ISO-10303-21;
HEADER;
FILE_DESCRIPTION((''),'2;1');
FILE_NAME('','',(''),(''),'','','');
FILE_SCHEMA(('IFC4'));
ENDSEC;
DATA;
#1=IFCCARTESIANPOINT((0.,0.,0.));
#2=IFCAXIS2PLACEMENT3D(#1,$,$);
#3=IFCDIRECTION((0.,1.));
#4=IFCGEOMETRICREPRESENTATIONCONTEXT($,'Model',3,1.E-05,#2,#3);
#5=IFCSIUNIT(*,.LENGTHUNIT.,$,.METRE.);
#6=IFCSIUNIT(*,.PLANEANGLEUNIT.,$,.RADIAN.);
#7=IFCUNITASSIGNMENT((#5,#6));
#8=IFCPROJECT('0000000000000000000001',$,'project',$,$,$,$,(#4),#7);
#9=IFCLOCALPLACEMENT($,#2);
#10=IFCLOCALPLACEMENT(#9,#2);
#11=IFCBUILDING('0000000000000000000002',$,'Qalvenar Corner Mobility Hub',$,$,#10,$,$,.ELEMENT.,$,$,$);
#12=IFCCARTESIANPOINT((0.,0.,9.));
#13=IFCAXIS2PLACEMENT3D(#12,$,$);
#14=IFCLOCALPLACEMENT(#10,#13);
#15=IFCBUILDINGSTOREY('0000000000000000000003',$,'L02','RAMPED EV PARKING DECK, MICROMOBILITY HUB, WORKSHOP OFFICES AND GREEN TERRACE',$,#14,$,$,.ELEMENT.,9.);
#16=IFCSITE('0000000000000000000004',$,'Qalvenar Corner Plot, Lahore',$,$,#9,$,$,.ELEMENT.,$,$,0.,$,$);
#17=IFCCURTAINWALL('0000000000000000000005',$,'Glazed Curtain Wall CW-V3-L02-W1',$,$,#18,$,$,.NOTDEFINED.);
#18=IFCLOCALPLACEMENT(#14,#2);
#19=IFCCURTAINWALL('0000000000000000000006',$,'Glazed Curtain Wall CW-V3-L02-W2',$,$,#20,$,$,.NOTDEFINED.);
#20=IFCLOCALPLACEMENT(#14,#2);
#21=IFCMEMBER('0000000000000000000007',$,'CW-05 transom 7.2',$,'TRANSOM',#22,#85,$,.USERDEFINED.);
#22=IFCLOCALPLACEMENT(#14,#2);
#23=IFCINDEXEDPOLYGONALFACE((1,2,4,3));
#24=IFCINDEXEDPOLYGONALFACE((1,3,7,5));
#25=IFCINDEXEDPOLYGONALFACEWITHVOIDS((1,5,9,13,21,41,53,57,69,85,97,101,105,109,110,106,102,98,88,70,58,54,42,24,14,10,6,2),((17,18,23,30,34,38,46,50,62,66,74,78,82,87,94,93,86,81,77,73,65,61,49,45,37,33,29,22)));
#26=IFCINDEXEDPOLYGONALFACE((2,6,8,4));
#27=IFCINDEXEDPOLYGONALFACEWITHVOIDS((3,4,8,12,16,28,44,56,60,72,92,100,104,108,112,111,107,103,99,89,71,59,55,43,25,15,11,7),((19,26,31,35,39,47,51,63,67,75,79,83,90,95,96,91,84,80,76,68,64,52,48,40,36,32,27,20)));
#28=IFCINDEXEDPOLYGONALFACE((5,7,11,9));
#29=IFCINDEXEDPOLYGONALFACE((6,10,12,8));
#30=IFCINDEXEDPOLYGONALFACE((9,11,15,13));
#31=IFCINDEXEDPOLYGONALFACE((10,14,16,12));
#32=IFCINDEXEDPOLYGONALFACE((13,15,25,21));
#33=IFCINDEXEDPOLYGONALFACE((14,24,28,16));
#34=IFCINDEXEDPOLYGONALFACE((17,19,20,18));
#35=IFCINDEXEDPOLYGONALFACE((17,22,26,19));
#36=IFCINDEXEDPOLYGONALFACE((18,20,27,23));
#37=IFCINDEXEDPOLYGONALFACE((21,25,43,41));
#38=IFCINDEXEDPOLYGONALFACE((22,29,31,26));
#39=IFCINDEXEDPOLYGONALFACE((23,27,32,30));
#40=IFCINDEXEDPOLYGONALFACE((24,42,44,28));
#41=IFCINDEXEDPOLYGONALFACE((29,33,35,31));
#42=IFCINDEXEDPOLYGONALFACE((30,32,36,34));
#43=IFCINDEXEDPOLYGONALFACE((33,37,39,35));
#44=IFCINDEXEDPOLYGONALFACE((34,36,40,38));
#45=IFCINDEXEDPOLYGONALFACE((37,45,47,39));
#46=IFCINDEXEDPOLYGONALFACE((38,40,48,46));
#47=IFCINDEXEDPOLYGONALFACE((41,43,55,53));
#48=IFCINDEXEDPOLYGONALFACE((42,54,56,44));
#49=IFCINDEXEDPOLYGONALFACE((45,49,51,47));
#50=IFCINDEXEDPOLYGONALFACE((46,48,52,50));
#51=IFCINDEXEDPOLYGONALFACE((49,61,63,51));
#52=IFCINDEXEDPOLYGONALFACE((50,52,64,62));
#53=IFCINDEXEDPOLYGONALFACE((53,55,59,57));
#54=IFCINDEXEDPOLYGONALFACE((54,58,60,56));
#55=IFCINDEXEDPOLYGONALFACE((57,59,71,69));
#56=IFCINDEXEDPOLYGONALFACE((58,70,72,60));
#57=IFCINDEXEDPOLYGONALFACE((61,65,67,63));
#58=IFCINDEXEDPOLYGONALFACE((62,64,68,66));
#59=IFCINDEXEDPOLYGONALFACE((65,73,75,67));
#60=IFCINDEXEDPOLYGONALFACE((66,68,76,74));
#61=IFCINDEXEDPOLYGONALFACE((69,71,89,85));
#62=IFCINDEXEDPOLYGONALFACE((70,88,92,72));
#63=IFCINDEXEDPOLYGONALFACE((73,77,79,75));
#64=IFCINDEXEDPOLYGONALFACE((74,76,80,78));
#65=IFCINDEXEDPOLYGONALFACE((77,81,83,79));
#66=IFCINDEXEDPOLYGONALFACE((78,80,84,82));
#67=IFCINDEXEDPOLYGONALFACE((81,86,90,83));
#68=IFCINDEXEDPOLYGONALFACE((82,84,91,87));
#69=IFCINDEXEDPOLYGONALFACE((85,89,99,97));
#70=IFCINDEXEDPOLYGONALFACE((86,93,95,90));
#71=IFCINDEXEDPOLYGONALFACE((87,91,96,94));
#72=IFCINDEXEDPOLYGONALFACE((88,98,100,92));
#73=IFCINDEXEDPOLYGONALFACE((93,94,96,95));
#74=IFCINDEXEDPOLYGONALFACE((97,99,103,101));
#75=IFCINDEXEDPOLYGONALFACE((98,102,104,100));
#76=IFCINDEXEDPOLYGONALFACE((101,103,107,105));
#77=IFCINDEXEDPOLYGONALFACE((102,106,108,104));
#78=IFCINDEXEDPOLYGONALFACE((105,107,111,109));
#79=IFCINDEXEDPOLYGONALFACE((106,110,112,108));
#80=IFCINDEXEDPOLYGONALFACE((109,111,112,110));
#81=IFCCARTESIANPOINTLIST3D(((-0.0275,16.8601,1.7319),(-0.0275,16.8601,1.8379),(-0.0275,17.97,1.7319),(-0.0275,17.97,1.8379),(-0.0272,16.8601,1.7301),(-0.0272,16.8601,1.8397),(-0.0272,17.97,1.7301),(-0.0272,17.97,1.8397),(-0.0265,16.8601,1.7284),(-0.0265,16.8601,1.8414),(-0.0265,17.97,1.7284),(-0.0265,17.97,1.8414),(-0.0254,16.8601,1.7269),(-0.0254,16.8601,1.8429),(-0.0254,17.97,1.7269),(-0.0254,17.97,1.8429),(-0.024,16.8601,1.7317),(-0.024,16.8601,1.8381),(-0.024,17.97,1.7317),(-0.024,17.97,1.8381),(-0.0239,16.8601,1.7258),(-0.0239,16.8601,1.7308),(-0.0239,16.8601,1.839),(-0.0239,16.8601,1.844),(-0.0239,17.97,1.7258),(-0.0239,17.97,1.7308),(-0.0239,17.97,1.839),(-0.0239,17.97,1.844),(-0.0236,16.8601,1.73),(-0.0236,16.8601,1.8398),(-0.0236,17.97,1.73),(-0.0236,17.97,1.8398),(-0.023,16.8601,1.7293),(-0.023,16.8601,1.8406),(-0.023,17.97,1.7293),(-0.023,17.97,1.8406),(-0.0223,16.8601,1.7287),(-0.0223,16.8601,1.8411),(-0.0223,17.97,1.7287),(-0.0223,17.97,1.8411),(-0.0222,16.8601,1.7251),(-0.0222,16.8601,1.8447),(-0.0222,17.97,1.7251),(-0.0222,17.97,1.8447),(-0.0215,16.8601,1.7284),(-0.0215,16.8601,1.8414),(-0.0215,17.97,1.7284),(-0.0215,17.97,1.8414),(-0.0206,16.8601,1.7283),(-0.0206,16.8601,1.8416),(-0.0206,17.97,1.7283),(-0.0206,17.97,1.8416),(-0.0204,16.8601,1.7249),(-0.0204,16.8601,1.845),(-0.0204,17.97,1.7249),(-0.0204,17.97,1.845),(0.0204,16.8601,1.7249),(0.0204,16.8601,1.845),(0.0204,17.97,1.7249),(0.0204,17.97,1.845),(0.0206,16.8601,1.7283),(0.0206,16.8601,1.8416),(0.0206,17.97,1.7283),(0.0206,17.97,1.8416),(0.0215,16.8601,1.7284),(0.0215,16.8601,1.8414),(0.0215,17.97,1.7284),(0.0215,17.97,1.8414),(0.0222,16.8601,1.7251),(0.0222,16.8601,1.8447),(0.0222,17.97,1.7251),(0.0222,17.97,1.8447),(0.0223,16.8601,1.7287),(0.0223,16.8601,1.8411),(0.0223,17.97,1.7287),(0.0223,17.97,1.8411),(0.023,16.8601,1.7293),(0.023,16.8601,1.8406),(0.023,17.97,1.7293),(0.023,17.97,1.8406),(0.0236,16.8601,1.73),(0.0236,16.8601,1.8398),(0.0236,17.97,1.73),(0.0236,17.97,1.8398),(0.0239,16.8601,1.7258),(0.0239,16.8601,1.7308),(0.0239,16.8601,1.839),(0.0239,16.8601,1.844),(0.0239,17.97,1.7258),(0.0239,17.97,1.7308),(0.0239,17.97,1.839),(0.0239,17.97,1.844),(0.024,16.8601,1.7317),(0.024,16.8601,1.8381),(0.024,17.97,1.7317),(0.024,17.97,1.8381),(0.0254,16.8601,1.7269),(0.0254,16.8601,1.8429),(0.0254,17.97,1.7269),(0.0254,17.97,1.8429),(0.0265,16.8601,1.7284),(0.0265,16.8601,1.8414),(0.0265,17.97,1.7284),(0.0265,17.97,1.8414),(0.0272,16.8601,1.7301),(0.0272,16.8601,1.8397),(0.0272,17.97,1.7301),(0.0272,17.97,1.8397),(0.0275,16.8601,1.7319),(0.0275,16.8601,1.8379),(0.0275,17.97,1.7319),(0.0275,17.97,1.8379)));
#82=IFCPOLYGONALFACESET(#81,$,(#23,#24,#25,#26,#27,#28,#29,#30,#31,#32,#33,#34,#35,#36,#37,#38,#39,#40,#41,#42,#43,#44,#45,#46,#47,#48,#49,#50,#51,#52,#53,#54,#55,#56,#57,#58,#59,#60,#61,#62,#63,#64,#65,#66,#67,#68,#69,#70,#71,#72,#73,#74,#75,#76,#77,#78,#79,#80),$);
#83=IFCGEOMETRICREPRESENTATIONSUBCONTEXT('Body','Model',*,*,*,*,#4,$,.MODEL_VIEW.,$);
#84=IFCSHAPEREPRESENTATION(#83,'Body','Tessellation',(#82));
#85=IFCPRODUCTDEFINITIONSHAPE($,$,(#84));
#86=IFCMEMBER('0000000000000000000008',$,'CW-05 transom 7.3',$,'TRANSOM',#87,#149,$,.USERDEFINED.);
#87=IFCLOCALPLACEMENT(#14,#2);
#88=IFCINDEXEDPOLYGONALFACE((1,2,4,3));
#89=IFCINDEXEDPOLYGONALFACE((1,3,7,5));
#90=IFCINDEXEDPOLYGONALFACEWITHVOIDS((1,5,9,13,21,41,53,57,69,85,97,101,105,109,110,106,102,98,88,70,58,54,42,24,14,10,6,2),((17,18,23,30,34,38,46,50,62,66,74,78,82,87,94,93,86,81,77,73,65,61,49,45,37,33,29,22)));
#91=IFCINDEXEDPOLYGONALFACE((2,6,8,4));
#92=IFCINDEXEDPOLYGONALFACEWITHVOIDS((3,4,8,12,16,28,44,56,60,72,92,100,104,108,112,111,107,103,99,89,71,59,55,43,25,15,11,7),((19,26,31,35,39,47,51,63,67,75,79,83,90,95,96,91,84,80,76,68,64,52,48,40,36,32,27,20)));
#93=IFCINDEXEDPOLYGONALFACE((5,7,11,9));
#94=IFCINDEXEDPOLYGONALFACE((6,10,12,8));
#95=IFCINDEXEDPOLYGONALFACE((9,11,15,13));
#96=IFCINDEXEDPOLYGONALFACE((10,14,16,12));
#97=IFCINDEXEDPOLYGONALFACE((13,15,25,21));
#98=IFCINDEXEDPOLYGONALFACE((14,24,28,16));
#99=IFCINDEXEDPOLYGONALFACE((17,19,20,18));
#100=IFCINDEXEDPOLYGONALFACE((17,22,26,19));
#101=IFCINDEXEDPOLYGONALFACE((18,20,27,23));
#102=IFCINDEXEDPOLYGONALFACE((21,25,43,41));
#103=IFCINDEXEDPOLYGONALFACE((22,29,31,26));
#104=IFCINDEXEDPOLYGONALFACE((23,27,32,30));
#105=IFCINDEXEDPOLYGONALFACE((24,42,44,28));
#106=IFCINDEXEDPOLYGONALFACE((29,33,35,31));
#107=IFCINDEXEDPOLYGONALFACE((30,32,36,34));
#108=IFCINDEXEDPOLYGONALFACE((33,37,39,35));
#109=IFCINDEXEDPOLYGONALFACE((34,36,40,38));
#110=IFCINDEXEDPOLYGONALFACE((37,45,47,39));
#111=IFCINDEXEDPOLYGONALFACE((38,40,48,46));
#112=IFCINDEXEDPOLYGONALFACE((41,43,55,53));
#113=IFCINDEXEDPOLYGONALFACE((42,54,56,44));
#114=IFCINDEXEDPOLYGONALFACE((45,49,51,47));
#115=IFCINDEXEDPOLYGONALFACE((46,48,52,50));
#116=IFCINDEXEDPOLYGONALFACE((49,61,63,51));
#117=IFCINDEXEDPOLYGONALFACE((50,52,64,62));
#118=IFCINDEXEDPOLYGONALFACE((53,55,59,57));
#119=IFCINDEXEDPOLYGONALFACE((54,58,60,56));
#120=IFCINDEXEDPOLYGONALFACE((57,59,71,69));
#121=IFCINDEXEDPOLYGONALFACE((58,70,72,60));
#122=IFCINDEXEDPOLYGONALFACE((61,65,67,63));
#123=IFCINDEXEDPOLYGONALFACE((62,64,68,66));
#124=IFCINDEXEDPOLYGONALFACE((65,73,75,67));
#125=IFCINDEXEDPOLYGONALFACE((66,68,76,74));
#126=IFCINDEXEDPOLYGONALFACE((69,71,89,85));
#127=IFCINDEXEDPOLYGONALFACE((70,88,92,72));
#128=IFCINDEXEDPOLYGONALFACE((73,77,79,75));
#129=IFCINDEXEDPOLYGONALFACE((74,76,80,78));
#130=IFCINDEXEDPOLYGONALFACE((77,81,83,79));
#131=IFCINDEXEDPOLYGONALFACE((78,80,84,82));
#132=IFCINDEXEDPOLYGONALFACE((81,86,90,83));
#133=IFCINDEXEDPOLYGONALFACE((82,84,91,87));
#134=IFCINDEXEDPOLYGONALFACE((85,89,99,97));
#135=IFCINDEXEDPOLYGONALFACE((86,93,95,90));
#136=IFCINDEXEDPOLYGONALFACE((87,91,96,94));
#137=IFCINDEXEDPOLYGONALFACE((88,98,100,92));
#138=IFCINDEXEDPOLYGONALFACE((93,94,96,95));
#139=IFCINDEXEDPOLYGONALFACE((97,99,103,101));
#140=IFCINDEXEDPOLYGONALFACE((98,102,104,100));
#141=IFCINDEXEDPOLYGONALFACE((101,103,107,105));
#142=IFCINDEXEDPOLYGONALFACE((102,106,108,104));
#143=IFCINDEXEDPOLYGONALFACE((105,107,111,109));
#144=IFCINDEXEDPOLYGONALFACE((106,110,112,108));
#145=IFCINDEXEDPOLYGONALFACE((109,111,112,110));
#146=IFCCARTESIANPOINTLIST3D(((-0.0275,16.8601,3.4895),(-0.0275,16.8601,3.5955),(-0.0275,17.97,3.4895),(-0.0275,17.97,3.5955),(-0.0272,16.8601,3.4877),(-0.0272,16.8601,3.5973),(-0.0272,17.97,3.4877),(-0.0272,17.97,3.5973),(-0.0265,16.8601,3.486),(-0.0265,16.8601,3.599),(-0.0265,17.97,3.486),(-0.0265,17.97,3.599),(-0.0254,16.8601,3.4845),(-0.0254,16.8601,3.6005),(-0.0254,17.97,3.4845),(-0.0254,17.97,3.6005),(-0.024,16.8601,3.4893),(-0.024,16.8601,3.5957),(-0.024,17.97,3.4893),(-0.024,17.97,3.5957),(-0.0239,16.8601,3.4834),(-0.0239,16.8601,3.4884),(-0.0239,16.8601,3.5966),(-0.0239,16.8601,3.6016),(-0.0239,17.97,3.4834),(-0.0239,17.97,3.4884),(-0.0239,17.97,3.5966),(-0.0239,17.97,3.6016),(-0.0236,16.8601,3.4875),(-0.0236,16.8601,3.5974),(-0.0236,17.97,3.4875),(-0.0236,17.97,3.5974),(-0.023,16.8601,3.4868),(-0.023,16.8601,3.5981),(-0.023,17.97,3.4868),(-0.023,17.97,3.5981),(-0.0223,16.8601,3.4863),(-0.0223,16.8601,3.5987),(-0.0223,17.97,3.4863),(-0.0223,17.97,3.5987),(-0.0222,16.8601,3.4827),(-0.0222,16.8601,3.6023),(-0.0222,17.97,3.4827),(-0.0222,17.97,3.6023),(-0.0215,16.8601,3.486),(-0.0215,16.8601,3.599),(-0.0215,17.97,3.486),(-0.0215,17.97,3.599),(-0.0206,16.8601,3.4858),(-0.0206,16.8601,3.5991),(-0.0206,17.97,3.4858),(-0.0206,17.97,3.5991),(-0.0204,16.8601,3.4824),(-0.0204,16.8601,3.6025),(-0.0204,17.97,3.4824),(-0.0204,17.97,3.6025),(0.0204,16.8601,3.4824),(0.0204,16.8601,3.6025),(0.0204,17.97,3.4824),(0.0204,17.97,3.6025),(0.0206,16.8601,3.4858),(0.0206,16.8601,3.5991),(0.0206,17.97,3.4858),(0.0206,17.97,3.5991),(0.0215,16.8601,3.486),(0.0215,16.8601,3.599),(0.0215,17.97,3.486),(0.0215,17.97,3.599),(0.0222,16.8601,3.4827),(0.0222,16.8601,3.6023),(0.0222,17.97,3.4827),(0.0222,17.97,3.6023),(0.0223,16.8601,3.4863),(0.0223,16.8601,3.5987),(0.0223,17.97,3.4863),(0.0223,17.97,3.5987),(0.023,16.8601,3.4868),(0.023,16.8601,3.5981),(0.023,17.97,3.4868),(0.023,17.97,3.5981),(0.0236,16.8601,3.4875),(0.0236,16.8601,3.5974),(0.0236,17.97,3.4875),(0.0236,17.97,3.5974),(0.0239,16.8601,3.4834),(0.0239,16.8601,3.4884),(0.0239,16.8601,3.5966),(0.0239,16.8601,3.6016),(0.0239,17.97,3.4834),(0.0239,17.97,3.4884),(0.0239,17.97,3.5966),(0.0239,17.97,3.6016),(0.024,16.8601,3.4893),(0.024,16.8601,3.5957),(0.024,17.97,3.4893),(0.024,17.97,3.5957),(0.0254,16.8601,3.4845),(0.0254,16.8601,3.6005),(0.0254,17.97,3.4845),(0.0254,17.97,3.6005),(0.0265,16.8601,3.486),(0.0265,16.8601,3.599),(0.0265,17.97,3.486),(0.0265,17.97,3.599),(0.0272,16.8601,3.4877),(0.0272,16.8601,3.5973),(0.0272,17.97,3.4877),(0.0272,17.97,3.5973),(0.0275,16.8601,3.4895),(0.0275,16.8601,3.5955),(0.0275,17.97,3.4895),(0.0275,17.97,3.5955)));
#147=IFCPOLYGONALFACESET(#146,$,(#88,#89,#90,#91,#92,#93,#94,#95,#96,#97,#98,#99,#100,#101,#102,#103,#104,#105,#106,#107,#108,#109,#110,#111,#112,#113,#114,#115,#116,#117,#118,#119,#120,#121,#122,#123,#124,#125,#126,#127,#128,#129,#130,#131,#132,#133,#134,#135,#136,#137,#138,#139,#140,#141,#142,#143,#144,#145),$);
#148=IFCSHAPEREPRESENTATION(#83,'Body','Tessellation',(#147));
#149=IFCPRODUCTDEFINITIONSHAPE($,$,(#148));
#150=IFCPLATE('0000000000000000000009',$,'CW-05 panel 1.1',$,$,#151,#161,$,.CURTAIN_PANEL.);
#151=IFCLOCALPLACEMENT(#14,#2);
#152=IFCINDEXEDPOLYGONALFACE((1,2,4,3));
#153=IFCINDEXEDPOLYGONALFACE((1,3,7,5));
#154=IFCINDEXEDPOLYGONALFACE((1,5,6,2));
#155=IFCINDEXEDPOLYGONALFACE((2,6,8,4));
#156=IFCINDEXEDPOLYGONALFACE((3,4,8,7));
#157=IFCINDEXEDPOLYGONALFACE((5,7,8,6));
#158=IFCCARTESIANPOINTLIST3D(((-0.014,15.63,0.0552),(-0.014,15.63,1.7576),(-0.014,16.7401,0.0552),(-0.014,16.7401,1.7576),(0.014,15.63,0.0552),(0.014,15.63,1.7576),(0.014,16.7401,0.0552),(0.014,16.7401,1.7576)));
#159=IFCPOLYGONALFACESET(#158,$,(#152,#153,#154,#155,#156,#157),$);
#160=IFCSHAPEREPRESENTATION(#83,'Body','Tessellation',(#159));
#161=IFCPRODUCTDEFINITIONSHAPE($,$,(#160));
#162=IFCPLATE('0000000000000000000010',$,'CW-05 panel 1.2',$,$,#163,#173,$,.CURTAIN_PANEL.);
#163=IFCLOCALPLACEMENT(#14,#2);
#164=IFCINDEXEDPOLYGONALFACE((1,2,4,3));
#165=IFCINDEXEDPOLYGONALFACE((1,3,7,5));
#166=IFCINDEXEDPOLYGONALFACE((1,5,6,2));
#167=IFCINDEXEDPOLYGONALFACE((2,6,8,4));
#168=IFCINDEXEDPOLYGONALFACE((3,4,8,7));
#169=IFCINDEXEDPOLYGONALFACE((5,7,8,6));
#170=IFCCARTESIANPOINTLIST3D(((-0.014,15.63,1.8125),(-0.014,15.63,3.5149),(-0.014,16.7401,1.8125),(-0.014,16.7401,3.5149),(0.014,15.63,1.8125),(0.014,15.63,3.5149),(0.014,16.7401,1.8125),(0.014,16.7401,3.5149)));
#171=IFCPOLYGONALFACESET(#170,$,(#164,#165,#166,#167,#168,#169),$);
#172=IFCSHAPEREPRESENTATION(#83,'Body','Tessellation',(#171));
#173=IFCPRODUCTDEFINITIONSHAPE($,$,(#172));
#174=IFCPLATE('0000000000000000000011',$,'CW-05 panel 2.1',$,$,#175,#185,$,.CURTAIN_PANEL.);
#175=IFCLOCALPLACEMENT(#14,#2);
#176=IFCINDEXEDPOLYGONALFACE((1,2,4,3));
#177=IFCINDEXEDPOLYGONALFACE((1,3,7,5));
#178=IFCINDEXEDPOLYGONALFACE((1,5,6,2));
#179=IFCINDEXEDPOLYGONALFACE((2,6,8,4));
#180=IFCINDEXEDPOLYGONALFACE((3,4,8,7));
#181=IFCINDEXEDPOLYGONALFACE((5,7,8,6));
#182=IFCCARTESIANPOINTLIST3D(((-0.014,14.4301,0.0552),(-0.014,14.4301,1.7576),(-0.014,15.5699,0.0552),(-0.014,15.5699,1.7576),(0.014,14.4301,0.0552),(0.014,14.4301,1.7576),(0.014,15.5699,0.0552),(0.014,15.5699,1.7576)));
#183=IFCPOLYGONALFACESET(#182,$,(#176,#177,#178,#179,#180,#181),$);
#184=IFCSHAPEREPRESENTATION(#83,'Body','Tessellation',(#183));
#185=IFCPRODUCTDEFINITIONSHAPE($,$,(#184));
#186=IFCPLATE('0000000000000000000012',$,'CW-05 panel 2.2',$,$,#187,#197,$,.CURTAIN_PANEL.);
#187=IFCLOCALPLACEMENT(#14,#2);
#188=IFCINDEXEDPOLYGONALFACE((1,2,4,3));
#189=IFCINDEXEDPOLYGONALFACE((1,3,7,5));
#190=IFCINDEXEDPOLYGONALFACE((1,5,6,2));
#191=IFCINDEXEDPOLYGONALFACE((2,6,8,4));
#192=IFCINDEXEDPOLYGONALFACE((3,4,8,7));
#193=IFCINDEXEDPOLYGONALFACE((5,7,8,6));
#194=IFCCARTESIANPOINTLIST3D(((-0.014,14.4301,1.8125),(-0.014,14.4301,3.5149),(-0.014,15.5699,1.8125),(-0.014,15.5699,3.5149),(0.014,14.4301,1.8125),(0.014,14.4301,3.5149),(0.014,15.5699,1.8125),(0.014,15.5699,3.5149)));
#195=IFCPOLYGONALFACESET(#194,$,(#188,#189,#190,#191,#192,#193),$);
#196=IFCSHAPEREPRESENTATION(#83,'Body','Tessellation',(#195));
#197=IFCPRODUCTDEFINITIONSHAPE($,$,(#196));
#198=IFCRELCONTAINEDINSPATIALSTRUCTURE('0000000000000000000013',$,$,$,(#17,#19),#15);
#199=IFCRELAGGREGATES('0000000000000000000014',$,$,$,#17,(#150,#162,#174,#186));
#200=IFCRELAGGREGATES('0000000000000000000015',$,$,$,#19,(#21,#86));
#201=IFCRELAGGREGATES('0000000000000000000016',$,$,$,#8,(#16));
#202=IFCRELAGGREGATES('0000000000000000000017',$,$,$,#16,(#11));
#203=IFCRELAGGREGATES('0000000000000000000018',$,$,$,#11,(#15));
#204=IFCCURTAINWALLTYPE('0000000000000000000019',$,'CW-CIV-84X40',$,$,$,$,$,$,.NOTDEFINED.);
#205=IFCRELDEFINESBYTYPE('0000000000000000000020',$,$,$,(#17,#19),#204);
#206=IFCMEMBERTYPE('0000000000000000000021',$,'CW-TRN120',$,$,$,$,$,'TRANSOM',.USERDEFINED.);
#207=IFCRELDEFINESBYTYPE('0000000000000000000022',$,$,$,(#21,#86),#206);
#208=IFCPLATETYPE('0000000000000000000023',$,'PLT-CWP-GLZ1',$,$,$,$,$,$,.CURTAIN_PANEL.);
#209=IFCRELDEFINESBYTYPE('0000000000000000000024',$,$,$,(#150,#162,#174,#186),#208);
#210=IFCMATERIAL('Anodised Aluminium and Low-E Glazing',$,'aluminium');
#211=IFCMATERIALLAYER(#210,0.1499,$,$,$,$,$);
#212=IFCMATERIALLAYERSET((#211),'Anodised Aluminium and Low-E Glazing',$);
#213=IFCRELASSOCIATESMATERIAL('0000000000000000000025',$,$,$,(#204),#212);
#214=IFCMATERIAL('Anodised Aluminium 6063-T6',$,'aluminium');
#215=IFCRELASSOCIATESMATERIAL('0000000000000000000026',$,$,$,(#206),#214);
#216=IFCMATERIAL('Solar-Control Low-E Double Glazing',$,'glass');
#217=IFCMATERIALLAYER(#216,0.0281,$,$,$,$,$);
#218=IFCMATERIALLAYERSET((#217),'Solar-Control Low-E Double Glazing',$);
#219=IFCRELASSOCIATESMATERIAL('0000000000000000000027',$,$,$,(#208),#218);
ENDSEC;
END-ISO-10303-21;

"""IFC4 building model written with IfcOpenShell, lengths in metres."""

from ifc_helpers import new_model, si_unit, direction, frame, origin, origin_2d, place, context, subcontext, project, spatial, rectangle, hollow_rectangle, extrude, material, layer, layer_set, material_profile, profile_set, type_object, element, aggregate, save


model = new_model("IFC4")

# Units and contexts
model_context = context("Model", 3, precision=1e-05, world=origin(), true_north=direction((0.0, 1.0)))
body_context = subcontext(model_context, "Body", "Model", "MODEL_VIEW")
ifc_project = project(units=[si_unit("LENGTHUNIT", "METRE"), si_unit("PLANEANGLEUNIT", "RADIAN")], contexts=[model_context])

# Site, building, storey
site_placement = place(None, origin())
site = spatial("IfcSite", under=ifc_project, at=site_placement, Name="Qalvenar Corner Plot, Lahore", CompositionType="ELEMENT", RefElevation=0.0)
building_placement = place(site_placement, origin())
building = spatial("IfcBuilding", under=site, at=building_placement, Name="Qalvenar Corner Mobility Hub", CompositionType="ELEMENT")
storey_placement = place(building_placement, frame((0.0, 0.0, 9.0)))
storey = spatial("IfcBuildingStorey", under=building, at=storey_placement, Name="L02", Description="RAMPED EV PARKING DECK, MICROMOBILITY HUB, WORKSHOP OFFICES AND GREEN TERRACE", CompositionType="ELEMENT", Elevation=9.0)

# Curtain walls
ifc_material_1 = material(Name="Anodised Aluminium and Low-E Glazing", Category="aluminium")
ifc_layer_1 = layer(ifc_material_1, 0.1499)
ifc_layer_set_1 = layer_set([ifc_layer_1], Name="Anodised Aluminium and Low-E Glazing")
curtain_wall_type = type_object("IfcCurtainWallType", Name="CW-CIV-84X40", PredefinedType="NOTDEFINED", material=ifc_layer_set_1)
curtain_wall_1_placement = place(storey_placement, origin())
curtain_wall_1 = element("IfcCurtainWall", 1, at=curtain_wall_1_placement, inside=storey, type_object=curtain_wall_type, Name="Glazed Curtain Wall CW-V3-L02-W1", PredefinedType="NOTDEFINED")
ifc_material_2 = material(Name="Anodised Aluminium 6063-T6", Category="aluminium")
curtain_wall_2_placement = place(storey_placement, origin())
curtain_wall_2 = element("IfcCurtainWall", 2, at=curtain_wall_2_placement, inside=storey, type_object=curtain_wall_type, Name="Glazed Curtain Wall CW-V3-L02-W2", PredefinedType="NOTDEFINED")

# Members
ifc_material_profile_1 = material_profile(ifc_material_2, hollow_rectangle(XDim=0.0549, YDim=0.1201, WallThickness=0.0034, InnerFilletRadius=0.0034, OuterFilletRadius=0.0071, at=origin_2d()), Name="RHS120x55x3.5")
ifc_profile_set_1 = profile_set([ifc_material_profile_1], Name="Anodised Aluminium 6063-T6")
member_type_1 = type_object("IfcMemberType", Name="CW-TRN120", ElementType="TRANSOM", PredefinedType="USERDEFINED", material=ifc_profile_set_1)
member_1_placement = place(storey_placement, frame((0.0, 17.97, 1.7849), z_axis=(0.0, -1.0, 0.0), x_axis=(1.0, 0.0, 0.0)))
member_1 = element("IfcMember", 3, at=member_1_placement, type_object=member_type_1, Name="CW-05 transom 7.2", ObjectType="TRANSOM", PredefinedType="USERDEFINED", context=body_context, shape_type="SweptSolid", body=[
    extrude(hollow_rectangle(XDim=0.0549, YDim=0.1201, WallThickness=0.0034, InnerFilletRadius=0.0034, OuterFilletRadius=0.0071, at=origin_2d()), origin(), (0.0, 0.0, 1.0), 1.1099),
])
member_2_placement = place(storey_placement, frame((0.0, 17.97, 3.5425), z_axis=(0.0, -1.0, 0.0), x_axis=(1.0, 0.0, 0.0)))
member_2 = element("IfcMember", 4, at=member_2_placement, type_object=member_type_1, Name="CW-05 transom 7.3", ObjectType="TRANSOM", PredefinedType="USERDEFINED", context=body_context, shape_type="SweptSolid", body=[
    extrude(hollow_rectangle(XDim=0.0549, YDim=0.1201, WallThickness=0.0034, InnerFilletRadius=0.0034, OuterFilletRadius=0.0071, at=origin_2d()), origin(), (0.0, 0.0, 1.0), 1.1099),
])

# Plates
ifc_material_3 = material(Name="Solar-Control Low-E Double Glazing", Category="glass")
ifc_layer_2 = layer(ifc_material_3, 0.0281)
ifc_layer_set_2 = layer_set([ifc_layer_2], Name="Solar-Control Low-E Double Glazing")
plate_type = type_object("IfcPlateType", Name="PLT-CWP-GLZ1", PredefinedType="CURTAIN_PANEL", material=ifc_layer_set_2)
plate_1_placement = place(storey_placement, frame((0.0, 16.1851, 0.0552), z_axis=(0.0, 0.0, 1.0), x_axis=(0.0, -1.0, 0.0)))
plate_1 = element("IfcPlate", 5, at=plate_1_placement, type_object=plate_type, Name="CW-05 panel 1.1", PredefinedType="CURTAIN_PANEL", context=body_context, shape_type="SweptSolid", body=[
    extrude(rectangle(XDim=1.1101, YDim=0.0281, at=origin_2d()), origin(), (0.0, 0.0, 1.0), 1.7024),
])
plate_2_placement = place(storey_placement, frame((0.0, 16.1851, 1.8125), z_axis=(0.0, 0.0, 1.0), x_axis=(0.0, -1.0, 0.0)))
plate_2 = element("IfcPlate", 6, at=plate_2_placement, type_object=plate_type, Name="CW-05 panel 1.2", PredefinedType="CURTAIN_PANEL", context=body_context, shape_type="SweptSolid", body=[
    extrude(rectangle(XDim=1.1101, YDim=0.0281, at=origin_2d()), origin(), (0.0, 0.0, 1.0), 1.7024),
])
plate_3_placement = place(storey_placement, frame((0.0, 15.0, 0.0552), z_axis=(0.0, 0.0, 1.0), x_axis=(0.0, -1.0, 0.0)))
plate_3 = element("IfcPlate", 7, at=plate_3_placement, type_object=plate_type, Name="CW-05 panel 2.1", PredefinedType="CURTAIN_PANEL", context=body_context, shape_type="SweptSolid", body=[
    extrude(rectangle(XDim=1.1399, YDim=0.0281, at=origin_2d()), origin(), (0.0, 0.0, 1.0), 1.7024),
])
plate_4_placement = place(storey_placement, frame((0.0, 15.0, 1.8125), z_axis=(0.0, 0.0, 1.0), x_axis=(0.0, -1.0, 0.0)))
plate_4 = element("IfcPlate", 8, at=plate_4_placement, type_object=plate_type, Name="CW-05 panel 2.2", PredefinedType="CURTAIN_PANEL", context=body_context, shape_type="SweptSolid", body=[
    extrude(rectangle(XDim=1.1399, YDim=0.0281, at=origin_2d()), origin(), (0.0, 0.0, 1.0), 1.7024),
])
aggregate(curtain_wall_1, [plate_1, plate_2, plate_3, plate_4])
aggregate(curtain_wall_2, [member_1, member_2])

save(model, "model.ifc")
